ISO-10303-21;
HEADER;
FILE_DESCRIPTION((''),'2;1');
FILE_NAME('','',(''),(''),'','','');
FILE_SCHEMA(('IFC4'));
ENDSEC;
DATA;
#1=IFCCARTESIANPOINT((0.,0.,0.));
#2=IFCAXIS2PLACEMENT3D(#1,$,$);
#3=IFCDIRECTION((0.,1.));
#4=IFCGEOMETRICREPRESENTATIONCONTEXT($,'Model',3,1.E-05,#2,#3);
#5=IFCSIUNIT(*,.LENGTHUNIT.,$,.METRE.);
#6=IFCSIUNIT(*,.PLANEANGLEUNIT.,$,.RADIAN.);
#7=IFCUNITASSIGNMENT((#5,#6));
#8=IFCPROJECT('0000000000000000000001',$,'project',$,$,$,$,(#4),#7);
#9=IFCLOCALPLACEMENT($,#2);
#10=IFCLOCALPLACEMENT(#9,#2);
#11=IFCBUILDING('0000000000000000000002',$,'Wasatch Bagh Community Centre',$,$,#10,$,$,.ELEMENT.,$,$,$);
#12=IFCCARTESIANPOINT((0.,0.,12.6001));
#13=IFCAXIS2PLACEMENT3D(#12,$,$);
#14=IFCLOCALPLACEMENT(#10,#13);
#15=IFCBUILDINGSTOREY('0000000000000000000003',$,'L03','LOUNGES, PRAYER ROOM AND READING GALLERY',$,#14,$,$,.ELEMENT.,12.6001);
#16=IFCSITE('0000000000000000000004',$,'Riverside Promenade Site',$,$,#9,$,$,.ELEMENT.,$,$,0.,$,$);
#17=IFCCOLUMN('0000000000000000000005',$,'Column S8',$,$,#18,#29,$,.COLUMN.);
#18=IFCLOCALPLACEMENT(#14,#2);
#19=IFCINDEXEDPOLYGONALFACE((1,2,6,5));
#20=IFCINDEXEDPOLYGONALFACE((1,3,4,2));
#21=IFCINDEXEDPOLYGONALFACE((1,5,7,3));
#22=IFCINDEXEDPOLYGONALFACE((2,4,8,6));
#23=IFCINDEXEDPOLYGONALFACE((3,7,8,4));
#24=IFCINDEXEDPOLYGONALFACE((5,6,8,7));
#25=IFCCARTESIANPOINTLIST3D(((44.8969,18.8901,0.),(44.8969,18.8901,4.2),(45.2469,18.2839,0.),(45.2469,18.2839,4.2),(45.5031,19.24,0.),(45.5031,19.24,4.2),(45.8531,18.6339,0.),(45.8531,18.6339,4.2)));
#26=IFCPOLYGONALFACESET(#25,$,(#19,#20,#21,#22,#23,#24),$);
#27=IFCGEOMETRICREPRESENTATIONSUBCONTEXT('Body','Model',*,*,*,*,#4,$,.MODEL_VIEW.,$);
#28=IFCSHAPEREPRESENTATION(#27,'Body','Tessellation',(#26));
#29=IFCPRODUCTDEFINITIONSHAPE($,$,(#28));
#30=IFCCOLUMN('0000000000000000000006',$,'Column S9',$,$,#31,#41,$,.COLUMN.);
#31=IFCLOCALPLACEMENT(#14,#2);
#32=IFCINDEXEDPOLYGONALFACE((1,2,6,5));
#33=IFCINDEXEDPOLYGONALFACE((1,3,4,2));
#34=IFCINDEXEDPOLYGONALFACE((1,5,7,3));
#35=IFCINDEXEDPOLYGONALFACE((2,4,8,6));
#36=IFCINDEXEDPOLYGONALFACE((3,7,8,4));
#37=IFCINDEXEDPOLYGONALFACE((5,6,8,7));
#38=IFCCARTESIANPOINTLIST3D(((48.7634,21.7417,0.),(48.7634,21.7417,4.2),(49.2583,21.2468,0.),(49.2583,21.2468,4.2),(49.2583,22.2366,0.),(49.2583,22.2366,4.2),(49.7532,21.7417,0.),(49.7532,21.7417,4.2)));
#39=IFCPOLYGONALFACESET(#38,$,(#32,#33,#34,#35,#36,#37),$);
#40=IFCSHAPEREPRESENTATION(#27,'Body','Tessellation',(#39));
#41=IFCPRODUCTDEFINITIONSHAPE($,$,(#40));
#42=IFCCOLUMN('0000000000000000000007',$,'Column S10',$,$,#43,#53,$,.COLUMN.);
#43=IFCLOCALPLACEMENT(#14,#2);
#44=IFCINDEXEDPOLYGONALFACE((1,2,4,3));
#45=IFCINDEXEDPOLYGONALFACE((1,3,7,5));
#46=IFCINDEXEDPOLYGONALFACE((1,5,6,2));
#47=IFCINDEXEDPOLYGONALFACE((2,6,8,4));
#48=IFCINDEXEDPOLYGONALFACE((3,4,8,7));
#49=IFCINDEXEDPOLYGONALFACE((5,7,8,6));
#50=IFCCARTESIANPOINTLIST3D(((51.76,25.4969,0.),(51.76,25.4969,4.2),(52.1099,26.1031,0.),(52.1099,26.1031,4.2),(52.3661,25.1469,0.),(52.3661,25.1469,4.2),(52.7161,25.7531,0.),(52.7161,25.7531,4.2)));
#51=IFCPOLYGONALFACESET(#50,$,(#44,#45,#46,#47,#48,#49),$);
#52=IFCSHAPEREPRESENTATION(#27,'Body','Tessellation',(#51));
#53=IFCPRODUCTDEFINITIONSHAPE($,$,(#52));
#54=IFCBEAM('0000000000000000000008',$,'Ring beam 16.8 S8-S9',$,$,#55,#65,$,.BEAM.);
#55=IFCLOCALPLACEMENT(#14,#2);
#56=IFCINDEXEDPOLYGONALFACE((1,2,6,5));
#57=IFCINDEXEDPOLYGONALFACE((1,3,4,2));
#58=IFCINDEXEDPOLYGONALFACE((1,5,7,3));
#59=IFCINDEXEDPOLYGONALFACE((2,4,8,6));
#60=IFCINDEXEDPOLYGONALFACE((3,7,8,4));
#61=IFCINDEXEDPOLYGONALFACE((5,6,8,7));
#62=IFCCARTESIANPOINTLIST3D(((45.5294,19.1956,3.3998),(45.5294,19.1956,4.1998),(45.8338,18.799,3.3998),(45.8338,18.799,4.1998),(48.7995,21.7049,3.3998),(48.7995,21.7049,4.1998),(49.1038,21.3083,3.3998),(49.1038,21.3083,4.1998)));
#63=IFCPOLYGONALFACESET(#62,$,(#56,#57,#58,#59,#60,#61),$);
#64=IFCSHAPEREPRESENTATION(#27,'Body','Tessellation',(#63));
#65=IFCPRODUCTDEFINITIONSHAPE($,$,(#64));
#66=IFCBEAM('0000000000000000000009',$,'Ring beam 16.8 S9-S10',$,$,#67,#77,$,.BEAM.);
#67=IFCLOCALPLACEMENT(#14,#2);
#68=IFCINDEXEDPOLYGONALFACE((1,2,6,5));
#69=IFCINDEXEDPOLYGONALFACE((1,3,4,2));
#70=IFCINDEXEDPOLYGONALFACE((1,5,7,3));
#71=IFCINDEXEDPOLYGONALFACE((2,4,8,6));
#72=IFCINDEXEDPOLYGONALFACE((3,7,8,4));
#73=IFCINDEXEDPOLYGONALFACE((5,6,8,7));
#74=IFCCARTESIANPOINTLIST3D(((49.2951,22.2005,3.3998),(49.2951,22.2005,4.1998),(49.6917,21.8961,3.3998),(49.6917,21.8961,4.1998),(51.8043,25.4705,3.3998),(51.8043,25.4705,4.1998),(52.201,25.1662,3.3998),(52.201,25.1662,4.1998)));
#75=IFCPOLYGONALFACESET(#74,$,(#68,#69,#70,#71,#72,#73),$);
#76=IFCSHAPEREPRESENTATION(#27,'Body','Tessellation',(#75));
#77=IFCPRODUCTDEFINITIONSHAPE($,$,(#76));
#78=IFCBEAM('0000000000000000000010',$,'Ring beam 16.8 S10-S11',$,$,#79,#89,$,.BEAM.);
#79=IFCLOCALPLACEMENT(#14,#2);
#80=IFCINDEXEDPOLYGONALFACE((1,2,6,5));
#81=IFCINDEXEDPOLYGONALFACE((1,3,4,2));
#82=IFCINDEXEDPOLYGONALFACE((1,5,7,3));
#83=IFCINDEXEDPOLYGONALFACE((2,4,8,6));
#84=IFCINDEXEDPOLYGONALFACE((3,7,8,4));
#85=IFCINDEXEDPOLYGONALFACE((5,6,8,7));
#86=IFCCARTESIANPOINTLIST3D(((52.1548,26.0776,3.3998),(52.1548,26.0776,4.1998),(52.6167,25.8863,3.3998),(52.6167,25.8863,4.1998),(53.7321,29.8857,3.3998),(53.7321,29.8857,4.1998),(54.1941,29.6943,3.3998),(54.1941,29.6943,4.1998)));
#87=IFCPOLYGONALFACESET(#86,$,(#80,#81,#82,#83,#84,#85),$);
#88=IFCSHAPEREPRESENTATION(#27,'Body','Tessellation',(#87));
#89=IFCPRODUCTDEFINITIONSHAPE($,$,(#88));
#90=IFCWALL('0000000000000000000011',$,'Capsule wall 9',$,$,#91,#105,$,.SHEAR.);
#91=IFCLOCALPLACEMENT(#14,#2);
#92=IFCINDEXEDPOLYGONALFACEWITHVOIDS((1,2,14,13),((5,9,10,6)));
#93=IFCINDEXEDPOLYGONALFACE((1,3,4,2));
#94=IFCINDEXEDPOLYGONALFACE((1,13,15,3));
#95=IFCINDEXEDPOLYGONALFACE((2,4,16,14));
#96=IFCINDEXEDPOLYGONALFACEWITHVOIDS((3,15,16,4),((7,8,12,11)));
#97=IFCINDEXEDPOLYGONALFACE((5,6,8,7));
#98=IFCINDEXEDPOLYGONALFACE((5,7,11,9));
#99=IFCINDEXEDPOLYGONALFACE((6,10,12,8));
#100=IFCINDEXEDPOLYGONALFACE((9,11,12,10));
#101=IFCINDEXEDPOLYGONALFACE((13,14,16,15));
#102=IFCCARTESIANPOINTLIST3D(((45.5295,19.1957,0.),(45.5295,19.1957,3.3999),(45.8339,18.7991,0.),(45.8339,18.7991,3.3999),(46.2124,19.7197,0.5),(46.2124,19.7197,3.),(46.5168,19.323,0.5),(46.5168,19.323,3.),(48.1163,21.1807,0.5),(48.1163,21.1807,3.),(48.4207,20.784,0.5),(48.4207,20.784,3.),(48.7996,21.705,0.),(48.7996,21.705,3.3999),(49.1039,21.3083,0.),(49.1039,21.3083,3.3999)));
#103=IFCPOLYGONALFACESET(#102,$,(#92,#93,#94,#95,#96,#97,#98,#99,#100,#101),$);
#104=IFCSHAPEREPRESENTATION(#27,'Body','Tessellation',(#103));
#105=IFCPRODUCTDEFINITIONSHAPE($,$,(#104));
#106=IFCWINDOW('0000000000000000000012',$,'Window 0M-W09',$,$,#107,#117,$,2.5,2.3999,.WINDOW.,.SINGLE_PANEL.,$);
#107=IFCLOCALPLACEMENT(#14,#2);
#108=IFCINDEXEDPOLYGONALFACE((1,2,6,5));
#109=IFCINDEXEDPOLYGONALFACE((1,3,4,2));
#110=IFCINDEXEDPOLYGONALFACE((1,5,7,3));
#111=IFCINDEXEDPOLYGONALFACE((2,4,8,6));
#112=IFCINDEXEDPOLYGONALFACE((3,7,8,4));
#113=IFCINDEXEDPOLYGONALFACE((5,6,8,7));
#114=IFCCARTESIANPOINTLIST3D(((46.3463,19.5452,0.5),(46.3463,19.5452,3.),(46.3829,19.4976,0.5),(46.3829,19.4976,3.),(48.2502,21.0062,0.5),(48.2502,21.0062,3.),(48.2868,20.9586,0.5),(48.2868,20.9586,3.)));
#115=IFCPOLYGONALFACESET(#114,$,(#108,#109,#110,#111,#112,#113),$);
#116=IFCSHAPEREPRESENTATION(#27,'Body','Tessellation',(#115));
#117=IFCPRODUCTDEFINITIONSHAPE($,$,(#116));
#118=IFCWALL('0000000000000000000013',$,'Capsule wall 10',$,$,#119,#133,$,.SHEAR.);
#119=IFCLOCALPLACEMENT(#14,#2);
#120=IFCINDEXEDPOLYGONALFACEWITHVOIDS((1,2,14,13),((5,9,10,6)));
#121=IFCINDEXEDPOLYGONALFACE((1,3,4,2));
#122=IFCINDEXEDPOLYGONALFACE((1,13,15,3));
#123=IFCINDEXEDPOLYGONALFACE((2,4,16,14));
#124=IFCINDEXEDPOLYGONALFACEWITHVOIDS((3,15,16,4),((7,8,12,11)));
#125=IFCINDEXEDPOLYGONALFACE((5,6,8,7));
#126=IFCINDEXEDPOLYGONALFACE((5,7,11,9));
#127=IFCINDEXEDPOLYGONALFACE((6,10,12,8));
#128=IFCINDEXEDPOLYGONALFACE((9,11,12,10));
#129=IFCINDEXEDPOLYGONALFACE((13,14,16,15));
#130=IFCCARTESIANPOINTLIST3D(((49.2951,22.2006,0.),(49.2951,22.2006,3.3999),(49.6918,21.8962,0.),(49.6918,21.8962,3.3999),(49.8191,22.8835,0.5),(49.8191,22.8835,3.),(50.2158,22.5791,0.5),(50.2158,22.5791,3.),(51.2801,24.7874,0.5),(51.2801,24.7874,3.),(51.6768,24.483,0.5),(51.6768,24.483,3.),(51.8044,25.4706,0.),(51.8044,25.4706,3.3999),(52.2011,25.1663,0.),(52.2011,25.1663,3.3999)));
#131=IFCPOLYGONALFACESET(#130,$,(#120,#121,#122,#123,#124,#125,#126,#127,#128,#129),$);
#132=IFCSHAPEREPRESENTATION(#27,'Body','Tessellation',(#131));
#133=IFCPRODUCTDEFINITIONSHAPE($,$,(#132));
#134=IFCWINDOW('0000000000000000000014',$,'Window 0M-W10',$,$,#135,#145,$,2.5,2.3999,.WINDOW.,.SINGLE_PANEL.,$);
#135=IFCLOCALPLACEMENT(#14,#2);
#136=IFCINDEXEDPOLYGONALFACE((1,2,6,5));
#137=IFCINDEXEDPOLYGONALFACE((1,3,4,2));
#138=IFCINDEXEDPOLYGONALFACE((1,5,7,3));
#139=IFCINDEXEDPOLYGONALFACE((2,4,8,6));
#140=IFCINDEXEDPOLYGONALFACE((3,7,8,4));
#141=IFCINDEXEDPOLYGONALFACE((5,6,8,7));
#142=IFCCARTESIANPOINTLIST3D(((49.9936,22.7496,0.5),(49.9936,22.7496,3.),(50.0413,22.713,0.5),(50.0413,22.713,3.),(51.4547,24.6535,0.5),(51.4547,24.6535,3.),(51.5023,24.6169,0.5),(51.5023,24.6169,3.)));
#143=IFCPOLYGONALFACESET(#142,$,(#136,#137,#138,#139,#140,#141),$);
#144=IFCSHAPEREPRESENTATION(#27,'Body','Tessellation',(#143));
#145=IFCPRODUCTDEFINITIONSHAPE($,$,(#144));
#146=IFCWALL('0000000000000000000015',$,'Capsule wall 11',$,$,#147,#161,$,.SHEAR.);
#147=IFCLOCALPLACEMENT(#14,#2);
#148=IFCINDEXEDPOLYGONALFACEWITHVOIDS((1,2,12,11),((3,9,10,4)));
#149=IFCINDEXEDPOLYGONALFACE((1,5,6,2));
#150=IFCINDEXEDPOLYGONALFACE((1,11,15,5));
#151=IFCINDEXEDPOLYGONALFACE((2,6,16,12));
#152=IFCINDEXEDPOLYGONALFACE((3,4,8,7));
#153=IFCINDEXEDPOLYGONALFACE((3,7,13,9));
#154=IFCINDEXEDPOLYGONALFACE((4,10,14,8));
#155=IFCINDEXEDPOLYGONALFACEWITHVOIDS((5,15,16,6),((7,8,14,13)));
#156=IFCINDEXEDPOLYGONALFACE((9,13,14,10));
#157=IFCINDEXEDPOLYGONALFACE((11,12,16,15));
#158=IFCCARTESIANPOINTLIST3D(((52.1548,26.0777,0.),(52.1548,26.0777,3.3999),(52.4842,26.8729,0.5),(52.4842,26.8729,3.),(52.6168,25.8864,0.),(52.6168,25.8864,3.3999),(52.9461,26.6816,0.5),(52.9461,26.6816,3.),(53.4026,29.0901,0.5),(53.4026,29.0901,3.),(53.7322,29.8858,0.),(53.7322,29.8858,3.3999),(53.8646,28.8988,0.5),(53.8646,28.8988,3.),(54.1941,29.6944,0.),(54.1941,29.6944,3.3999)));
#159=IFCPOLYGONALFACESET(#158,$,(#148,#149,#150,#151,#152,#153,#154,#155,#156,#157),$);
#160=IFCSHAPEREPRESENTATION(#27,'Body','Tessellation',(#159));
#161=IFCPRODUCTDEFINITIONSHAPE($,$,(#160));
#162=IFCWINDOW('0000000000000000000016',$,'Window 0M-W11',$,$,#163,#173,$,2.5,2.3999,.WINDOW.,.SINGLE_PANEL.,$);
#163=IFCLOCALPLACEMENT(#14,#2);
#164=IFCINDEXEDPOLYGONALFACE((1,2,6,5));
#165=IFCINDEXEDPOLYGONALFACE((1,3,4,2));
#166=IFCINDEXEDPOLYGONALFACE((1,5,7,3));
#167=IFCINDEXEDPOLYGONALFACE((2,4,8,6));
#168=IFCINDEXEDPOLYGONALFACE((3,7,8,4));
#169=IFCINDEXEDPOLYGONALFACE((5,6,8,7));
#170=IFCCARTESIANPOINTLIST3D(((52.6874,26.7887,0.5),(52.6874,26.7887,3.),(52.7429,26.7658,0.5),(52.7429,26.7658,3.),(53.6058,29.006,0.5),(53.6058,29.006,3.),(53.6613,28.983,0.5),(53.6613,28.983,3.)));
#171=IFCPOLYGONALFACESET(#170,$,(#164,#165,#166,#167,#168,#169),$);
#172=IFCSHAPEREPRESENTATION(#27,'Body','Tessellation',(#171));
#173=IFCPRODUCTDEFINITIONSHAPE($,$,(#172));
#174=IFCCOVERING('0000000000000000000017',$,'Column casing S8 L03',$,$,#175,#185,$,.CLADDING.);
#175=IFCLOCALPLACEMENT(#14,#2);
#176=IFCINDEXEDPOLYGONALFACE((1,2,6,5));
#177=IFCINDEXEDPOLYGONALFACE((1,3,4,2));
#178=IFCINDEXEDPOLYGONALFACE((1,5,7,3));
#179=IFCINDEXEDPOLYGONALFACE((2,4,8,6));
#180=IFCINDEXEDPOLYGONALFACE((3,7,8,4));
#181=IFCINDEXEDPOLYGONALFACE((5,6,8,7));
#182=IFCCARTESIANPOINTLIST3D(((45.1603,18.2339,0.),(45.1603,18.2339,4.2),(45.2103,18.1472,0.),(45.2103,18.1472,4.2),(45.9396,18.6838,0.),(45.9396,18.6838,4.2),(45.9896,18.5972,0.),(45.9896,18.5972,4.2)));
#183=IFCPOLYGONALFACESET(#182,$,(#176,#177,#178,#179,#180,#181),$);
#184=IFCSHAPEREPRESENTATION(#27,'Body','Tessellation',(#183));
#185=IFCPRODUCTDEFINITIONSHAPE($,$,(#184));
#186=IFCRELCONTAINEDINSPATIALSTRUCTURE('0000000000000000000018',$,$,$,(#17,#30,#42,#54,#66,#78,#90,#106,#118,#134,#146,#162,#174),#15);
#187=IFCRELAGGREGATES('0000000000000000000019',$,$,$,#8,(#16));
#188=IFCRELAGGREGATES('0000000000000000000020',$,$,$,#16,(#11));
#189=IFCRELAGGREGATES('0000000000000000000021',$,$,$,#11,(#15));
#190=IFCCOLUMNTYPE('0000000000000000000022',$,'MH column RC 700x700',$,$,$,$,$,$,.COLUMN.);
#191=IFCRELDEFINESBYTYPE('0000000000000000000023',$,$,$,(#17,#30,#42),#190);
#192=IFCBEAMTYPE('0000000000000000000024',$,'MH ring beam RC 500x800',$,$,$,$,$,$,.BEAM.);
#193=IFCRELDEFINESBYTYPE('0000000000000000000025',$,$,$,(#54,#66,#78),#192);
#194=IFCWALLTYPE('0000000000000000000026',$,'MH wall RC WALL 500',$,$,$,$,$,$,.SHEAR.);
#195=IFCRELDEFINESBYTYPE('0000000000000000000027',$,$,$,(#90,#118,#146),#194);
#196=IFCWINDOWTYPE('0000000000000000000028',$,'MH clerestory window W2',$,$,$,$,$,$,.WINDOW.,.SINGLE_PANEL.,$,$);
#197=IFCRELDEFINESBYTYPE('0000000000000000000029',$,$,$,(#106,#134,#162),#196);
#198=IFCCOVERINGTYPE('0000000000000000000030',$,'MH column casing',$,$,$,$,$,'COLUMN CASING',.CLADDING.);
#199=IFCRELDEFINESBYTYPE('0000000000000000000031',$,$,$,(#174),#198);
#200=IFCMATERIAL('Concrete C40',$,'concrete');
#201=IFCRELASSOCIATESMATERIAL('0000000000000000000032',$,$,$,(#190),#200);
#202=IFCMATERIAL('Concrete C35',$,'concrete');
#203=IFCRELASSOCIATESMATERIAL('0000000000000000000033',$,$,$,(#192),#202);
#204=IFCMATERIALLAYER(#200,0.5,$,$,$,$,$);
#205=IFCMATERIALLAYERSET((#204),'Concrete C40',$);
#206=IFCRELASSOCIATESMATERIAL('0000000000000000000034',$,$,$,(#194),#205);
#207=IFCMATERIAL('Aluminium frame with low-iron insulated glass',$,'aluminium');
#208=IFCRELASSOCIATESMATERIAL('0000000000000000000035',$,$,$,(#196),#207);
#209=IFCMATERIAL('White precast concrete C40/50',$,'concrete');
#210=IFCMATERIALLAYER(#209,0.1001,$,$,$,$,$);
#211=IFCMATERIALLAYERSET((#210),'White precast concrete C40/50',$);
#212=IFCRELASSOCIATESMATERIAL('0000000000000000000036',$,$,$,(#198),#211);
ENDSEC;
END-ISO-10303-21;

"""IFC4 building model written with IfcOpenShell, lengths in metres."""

from ifc_helpers import new_model, si_unit, direction, frame, frame_2d, origin, origin_2d, place, context, subcontext, project, spatial, rectangle, extrude, material, layer, layer_set, material_profile, profile_set, type_object, element, fill, save


model = new_model("IFC4")

# Units and contexts
model_context = context("Model", 3, precision=1e-05, world=origin(), true_north=direction((0.0, 1.0)))
body_context = subcontext(model_context, "Body", "Model", "MODEL_VIEW")
ifc_project = project(units=[si_unit("LENGTHUNIT", "METRE"), si_unit("PLANEANGLEUNIT", "RADIAN")], contexts=[model_context])

# Site, building, storey
site_placement = place(None, origin())
site = spatial("IfcSite", under=ifc_project, at=site_placement, Name="Riverside Promenade Site", CompositionType="ELEMENT", RefElevation=0.0)
building_placement = place(site_placement, origin())
building = spatial("IfcBuilding", under=site, at=building_placement, Name="Wasatch Bagh Community Centre", CompositionType="ELEMENT")
storey_placement = place(building_placement, frame((0.0, 0.0, 12.6001)))
storey = spatial("IfcBuildingStorey", under=building, at=storey_placement, Name="L03", Description="LOUNGES, PRAYER ROOM AND READING GALLERY", CompositionType="ELEMENT", Elevation=12.6001)

# Columns
ifc_material_1 = material(Name="Concrete C40", Category="concrete")
ifc_material_profile_1 = material_profile(ifc_material_1, rectangle(XDim=0.7, YDim=0.7, at=origin_2d()), Name="RC 700x700")
ifc_profile_set_1 = profile_set([ifc_material_profile_1], Name="Concrete C40")
column_type = type_object("IfcColumnType", Name="MH column RC 700x700", PredefinedType="COLUMN", material=ifc_profile_set_1)
for number, where, z_axis, x_axis, name in (
    (1, (45.375, 18.762, 0.0), (0.0, 0.0, 1.0), (0.866025, 0.5, 0.0), "Column S8"),
    (2, (49.2583, 21.7417, 0.0), (0.0, 0.0, 1.0), (0.707107, 0.707107, 0.0), "Column S9"),
    (3, (52.238, 25.625, 0.0), (0.0, 0.0, 1.0), (0.5, 0.866025, 0.0), "Column S10"),
):
    element("IfcColumn", number, at=place(storey_placement, frame(where, z_axis=z_axis, x_axis=x_axis)), inside=storey, type_object=column_type, Name=name, PredefinedType="COLUMN", context=body_context, shape_type="SweptSolid", body=[
        extrude(rectangle(XDim=0.7, YDim=0.7, at=origin_2d()), origin(), (0.0, 0.0, 1.0), 4.2),
    ])

# Beams
ifc_material_2 = material(Name="Concrete C35", Category="concrete")
ifc_material_profile_2 = material_profile(ifc_material_2, rectangle(XDim=0.5, YDim=0.8, at=origin_2d()), Name="RC 500x800")
ifc_profile_set_2 = profile_set([ifc_material_profile_2], Name="Concrete C35")
beam_type = type_object("IfcBeamType", Name="MH ring beam RC 500x800", PredefinedType="BEAM", material=ifc_profile_set_2)
for number, where, z_axis, x_axis, name in (
    (4, (45.6816, 18.9973, 3.7998), (0.793341, 0.608777, 0.0), (-0.608777, 0.793341, 0.0), "Ring beam 16.8 S8-S9"),
    (5, (49.4934, 22.0483, 3.7998), (0.608777, 0.793341, 0.0), (-0.793341, 0.608777, 0.0), "Ring beam 16.8 S9-S10"),
    (6, (52.3857, 25.9819, 3.7998), (0.382688, 0.923878, 0.0), (-0.923878, 0.382688, 0.0), "Ring beam 16.8 S10-S11"),
):
    element("IfcBeam", number, at=place(storey_placement, frame(where, z_axis=z_axis, x_axis=x_axis)), inside=storey, type_object=beam_type, Name=name, PredefinedType="BEAM", context=body_context, shape_type="SweptSolid", body=[
        extrude(rectangle(XDim=0.5, YDim=0.8, at=origin_2d()), origin(), (0.0, 0.0, 1.0), 4.1218),
    ])

# Walls, openings, windows
ifc_layer_1 = layer(ifc_material_1, 0.5)
ifc_layer_set_1 = layer_set([ifc_layer_1], Name="Concrete C40")
wall_type = type_object("IfcWallType", Name="MH wall RC WALL 500", PredefinedType="SHEAR", material=ifc_layer_set_1)
wall_1_placement = place(storey_placement, frame((45.6816, 18.9973, 0.0), z_axis=(0.0, 0.0, 1.0), x_axis=(0.793341, 0.608777, 0.0)))
wall_1 = element("IfcWall", 7, at=wall_1_placement, inside=storey, type_object=wall_type, Name="Capsule wall 9", PredefinedType="SHEAR", context=body_context, shape_type="SweptSolid", body=[
    extrude(rectangle(XDim=4.1218, YDim=0.5, at=frame_2d((2.061, 0.0))), origin(), (0.0, 0.0, 1.0), 3.3999),
])
opening_1_placement = place(wall_1_placement, frame((0.8608, 0.0, 0.5)))
opening_1 = element("IfcOpeningElement", 8, at=opening_1_placement, cuts=wall_1, PredefinedType="OPENING", context=body_context, shape_type="SweptSolid", body=[
    extrude(rectangle(XDim=2.3999, YDim=2.5, at=frame_2d((1.2, 1.25))), frame((0.0, 0.26, 0.0), z_axis=(0.0, -1.0, 0.0), x_axis=(1.0, 0.0, 0.0)), (0.0, 0.0, 1.0), 0.52),
])
ifc_material_3 = material(Name="Aluminium frame with low-iron insulated glass", Category="aluminium")
window_type = type_object("IfcWindowType", Name="MH clerestory window W2", PartitioningType="SINGLE_PANEL", PredefinedType="WINDOW", material=ifc_material_3)
window_1_placement = place(opening_1_placement, origin())
window_1 = element("IfcWindow", 9, at=window_1_placement, inside=storey, type_object=window_type, Name="Window 0M-W09", OverallHeight=2.5, OverallWidth=2.3999, PartitioningType="SINGLE_PANEL", PredefinedType="WINDOW", context=body_context, shape_type="SweptSolid", body=[
    extrude(rectangle(XDim=2.3999, YDim=2.5, at=frame_2d((1.2, 1.25))), frame((0.0, 0.03, 0.0), z_axis=(0.0, -1.0, 0.0), x_axis=(1.0, 0.0, 0.0)), (0.0, 0.0, 1.0), 0.0601),
])
fill(opening_1, window_1)
wall_2_placement = place(storey_placement, frame((49.4934, 22.0483, 0.0), z_axis=(0.0, 0.0, 1.0), x_axis=(0.608777, 0.793341, 0.0)))
wall_2 = element("IfcWall", 10, at=wall_2_placement, inside=storey, type_object=wall_type, Name="Capsule wall 10", PredefinedType="SHEAR", context=body_context, shape_type="SweptSolid", body=[
    extrude(rectangle(XDim=4.1218, YDim=0.5, at=frame_2d((2.061, 0.0))), origin(), (0.0, 0.0, 1.0), 3.3999),
])
opening_2_placement = place(wall_2_placement, frame((0.8608, 0.0, 0.5)))
opening_2 = element("IfcOpeningElement", 11, at=opening_2_placement, cuts=wall_2, PredefinedType="OPENING", context=body_context, shape_type="SweptSolid", body=[
    extrude(rectangle(XDim=2.3999, YDim=2.5, at=frame_2d((1.2, 1.25))), frame((0.0, 0.26, 0.0), z_axis=(0.0, -1.0, 0.0), x_axis=(1.0, 0.0, 0.0)), (0.0, 0.0, 1.0), 0.52),
])
window_2_placement = place(opening_2_placement, origin())
window_2 = element("IfcWindow", 12, at=window_2_placement, inside=storey, type_object=window_type, Name="Window 0M-W10", OverallHeight=2.5, OverallWidth=2.3999, PartitioningType="SINGLE_PANEL", PredefinedType="WINDOW", context=body_context, shape_type="SweptSolid", body=[
    extrude(rectangle(XDim=2.3999, YDim=2.5, at=frame_2d((1.2, 1.25))), frame((0.0, 0.03, 0.0), z_axis=(0.0, -1.0, 0.0), x_axis=(1.0, 0.0, 0.0)), (0.0, 0.0, 1.0), 0.0601),
])
fill(opening_2, window_2)
wall_3_placement = place(storey_placement, frame((52.3857, 25.9819, 0.0), z_axis=(0.0, 0.0, 1.0), x_axis=(0.382688, 0.923878, 0.0)))
wall_3 = element("IfcWall", 13, at=wall_3_placement, inside=storey, type_object=wall_type, Name="Capsule wall 11", PredefinedType="SHEAR", context=body_context, shape_type="SweptSolid", body=[
    extrude(rectangle(XDim=4.1218, YDim=0.5, at=frame_2d((2.061, 0.0))), origin(), (0.0, 0.0, 1.0), 3.3999),
])
opening_3_placement = place(wall_3_placement, frame((0.8608, 0.0, 0.5)))
opening_3 = element("IfcOpeningElement", 14, at=opening_3_placement, cuts=wall_3, PredefinedType="OPENING", context=body_context, shape_type="SweptSolid", body=[
    extrude(rectangle(XDim=2.3999, YDim=2.5, at=frame_2d((1.2, 1.25))), frame((0.0, 0.26, 0.0), z_axis=(0.0, -1.0, 0.0), x_axis=(1.0, 0.0, 0.0)), (0.0, 0.0, 1.0), 0.52),
])
window_3_placement = place(opening_3_placement, origin())
window_3 = element("IfcWindow", 15, at=window_3_placement, inside=storey, type_object=window_type, Name="Window 0M-W11", OverallHeight=2.5, OverallWidth=2.3999, PartitioningType="SINGLE_PANEL", PredefinedType="WINDOW", context=body_context, shape_type="SweptSolid", body=[
    extrude(rectangle(XDim=2.3999, YDim=2.5, at=frame_2d((1.2, 1.25))), frame((0.0, 0.03, 0.0), z_axis=(0.0, -1.0, 0.0), x_axis=(1.0, 0.0, 0.0)), (0.0, 0.0, 1.0), 0.0601),
])
fill(opening_3, window_3)

# Covering
ifc_material_4 = material(Name="White precast concrete C40/50", Category="concrete")
ifc_layer_2 = layer(ifc_material_4, 0.1001)
ifc_layer_set_2 = layer_set([ifc_layer_2], Name="White precast concrete C40/50")
covering_type = type_object("IfcCoveringType", Name="MH column casing", ElementType="COLUMN CASING", PredefinedType="CLADDING", material=ifc_layer_set_2)
for number, where, z_axis, x_axis, name in (
    (16, (45.575, 18.4155, 0.0), (0.0, 0.0, 1.0), (0.866025, 0.5, 0.0), "Column casing S8 L03"),
):
    element("IfcCovering", number, at=place(storey_placement, frame(where, z_axis=z_axis, x_axis=x_axis)), inside=storey, type_object=covering_type, Name=name, PredefinedType="CLADDING", context=body_context, shape_type="SweptSolid", body=[
        extrude(rectangle(XDim=0.8999, YDim=0.1001, at=origin_2d()), origin(), (0.0, 0.0, 1.0), 4.2),
    ])

save(model, "model.ifc")
